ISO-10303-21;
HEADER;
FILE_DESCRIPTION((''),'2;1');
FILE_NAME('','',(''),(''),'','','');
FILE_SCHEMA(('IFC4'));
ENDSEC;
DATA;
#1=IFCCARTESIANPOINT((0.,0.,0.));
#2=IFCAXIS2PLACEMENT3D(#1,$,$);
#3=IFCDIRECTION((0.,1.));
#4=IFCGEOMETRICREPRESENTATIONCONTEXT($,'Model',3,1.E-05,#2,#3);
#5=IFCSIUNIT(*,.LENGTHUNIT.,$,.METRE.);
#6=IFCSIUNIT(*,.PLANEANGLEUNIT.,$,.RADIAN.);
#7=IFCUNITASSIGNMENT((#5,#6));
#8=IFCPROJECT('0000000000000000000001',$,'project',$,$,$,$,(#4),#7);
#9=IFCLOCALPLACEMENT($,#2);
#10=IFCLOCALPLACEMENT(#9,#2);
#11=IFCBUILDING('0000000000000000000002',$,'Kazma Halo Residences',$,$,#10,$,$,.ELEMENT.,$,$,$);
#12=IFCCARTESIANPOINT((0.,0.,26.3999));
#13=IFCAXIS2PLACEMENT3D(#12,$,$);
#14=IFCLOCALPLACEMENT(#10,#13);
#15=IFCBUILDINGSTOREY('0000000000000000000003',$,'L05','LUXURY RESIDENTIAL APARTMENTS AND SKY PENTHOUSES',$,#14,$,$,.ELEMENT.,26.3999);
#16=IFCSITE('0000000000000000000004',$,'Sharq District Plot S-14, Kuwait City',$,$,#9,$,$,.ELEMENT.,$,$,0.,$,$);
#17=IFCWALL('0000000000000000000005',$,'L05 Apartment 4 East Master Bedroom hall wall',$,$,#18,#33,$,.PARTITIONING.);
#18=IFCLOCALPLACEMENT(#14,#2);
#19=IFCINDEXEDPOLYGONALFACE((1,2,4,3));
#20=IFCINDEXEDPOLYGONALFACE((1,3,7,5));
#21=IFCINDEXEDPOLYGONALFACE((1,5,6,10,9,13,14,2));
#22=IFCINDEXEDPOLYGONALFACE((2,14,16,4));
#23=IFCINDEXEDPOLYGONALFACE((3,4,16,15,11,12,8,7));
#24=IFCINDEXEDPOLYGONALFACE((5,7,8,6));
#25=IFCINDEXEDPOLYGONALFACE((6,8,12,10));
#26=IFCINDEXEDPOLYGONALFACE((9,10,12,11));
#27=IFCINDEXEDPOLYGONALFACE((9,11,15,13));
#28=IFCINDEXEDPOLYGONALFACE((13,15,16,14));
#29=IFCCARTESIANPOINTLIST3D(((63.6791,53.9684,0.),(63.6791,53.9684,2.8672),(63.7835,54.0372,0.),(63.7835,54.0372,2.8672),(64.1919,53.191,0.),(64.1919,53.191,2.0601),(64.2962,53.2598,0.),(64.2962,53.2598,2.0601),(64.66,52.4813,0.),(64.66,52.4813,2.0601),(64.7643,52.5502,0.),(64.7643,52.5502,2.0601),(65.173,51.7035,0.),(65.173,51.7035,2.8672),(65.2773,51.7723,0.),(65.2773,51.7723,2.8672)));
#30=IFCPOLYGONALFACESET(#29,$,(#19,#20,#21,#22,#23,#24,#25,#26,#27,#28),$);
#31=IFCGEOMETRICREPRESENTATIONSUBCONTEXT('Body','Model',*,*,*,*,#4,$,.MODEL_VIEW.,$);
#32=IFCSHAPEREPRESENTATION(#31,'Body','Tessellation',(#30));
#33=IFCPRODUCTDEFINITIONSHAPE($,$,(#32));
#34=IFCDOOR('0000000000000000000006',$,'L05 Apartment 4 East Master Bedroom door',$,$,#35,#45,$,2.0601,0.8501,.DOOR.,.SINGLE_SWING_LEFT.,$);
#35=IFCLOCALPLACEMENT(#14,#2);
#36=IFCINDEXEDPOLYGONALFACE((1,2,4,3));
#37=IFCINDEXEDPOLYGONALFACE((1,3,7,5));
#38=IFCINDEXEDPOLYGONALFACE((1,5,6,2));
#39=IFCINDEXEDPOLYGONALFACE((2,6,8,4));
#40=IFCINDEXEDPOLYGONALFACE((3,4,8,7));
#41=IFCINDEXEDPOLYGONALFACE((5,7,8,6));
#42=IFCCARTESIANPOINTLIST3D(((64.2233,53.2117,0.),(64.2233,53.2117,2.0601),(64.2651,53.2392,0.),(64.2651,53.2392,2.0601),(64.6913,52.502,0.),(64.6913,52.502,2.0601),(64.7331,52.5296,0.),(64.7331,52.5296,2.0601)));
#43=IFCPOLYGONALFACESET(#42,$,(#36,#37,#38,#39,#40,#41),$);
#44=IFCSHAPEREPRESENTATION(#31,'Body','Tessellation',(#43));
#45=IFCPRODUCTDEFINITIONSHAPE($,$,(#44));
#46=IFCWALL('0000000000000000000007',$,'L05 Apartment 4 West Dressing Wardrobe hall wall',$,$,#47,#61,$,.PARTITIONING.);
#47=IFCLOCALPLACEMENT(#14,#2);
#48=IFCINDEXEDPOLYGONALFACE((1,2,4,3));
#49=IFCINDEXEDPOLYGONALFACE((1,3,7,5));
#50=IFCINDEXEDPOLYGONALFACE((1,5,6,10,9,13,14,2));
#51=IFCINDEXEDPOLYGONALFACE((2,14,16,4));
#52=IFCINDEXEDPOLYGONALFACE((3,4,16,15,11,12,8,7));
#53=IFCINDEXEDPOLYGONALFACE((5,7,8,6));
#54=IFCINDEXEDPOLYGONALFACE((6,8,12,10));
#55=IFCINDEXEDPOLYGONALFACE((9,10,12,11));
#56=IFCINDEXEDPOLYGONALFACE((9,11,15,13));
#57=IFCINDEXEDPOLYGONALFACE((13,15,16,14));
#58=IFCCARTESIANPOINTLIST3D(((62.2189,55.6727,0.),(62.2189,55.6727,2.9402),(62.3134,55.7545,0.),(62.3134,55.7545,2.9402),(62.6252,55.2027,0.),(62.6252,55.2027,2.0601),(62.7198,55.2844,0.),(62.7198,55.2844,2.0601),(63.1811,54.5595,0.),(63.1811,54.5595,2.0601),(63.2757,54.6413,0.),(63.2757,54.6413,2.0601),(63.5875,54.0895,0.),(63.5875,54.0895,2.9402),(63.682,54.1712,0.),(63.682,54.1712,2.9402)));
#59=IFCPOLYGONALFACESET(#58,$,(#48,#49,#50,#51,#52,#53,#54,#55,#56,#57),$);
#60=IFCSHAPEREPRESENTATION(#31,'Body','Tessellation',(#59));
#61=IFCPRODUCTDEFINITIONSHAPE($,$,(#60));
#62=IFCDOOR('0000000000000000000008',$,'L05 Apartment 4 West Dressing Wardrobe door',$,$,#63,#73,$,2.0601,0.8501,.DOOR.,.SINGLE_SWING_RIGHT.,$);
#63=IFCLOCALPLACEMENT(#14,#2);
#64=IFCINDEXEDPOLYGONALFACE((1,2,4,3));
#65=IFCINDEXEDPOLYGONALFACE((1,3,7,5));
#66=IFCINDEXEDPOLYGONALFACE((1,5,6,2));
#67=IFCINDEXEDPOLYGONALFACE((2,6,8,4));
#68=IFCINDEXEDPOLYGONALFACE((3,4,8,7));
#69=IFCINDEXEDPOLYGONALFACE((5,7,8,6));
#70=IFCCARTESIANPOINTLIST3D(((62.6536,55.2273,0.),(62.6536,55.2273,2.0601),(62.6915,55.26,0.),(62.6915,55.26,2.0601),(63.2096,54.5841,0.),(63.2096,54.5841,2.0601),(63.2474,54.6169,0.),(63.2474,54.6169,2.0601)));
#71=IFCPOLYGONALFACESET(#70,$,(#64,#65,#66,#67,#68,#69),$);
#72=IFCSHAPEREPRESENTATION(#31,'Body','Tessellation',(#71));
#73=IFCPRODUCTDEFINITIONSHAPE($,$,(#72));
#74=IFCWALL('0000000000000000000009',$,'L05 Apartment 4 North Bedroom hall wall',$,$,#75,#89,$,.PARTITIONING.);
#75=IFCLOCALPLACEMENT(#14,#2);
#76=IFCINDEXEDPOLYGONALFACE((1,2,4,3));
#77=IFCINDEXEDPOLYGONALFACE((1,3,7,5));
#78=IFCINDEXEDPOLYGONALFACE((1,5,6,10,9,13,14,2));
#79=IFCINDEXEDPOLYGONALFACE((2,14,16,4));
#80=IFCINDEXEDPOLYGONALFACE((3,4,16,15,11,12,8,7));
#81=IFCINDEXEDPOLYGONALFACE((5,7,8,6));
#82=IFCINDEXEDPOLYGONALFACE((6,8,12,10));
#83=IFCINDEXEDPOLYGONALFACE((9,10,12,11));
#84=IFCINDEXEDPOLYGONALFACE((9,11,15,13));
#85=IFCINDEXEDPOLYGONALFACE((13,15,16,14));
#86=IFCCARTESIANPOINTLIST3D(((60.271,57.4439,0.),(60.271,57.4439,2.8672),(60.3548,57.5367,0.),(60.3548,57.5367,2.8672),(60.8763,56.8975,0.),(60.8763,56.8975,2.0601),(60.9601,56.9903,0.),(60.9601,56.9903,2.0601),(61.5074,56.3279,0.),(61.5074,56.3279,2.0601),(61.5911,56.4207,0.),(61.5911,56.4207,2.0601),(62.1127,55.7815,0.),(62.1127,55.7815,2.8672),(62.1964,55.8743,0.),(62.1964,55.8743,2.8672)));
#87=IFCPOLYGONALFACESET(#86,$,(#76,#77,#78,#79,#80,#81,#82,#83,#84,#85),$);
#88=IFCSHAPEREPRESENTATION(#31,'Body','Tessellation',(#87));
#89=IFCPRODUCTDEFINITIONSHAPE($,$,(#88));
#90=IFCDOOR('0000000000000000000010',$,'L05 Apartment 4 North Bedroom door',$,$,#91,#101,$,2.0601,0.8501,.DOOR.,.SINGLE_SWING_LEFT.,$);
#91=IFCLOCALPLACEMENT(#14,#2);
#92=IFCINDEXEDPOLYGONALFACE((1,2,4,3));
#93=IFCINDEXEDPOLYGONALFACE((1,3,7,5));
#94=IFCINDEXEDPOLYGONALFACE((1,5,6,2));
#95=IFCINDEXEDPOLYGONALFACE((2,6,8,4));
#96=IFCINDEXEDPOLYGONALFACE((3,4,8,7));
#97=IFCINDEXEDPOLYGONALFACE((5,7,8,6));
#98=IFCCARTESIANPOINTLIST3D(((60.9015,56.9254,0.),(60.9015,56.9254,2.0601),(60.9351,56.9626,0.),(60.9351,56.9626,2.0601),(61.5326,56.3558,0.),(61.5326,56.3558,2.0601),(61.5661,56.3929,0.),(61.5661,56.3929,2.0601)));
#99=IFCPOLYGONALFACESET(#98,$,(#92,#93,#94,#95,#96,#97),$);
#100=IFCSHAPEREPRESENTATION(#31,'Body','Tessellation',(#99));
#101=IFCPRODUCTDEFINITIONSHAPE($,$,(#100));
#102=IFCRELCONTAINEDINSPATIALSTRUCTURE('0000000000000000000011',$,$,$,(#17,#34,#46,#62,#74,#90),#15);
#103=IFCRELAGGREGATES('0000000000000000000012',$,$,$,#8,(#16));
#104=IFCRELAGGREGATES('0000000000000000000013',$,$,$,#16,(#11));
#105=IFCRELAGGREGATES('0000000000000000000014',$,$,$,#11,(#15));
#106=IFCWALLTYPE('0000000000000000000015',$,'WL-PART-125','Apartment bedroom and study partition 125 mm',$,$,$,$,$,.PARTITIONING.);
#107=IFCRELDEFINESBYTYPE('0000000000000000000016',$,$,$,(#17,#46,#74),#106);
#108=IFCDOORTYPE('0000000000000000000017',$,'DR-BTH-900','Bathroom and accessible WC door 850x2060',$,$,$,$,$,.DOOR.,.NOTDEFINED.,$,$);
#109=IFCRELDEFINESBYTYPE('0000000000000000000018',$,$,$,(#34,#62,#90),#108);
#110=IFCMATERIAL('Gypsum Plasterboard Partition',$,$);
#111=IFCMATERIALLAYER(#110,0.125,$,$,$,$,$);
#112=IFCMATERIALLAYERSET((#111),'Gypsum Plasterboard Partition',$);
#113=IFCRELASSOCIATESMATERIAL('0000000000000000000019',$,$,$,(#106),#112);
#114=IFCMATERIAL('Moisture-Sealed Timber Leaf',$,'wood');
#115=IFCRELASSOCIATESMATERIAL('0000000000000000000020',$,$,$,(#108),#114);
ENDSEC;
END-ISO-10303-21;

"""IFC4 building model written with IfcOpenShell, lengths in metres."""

from ifc_helpers import new_model, si_unit, direction, frame, frame_2d, origin, place, context, subcontext, project, spatial, rectangle, extrude, material, layer, layer_set, type_object, element, fill, save


model = new_model("IFC4")

# Units and contexts
model_context = context("Model", 3, precision=1e-05, world=origin(), true_north=direction((0.0, 1.0)))
body_context = subcontext(model_context, "Body", "Model", "MODEL_VIEW")
ifc_project = project(units=[si_unit("LENGTHUNIT", "METRE"), si_unit("PLANEANGLEUNIT", "RADIAN")], contexts=[model_context])

# Site, building, storey
site_placement = place(None, origin())
site = spatial("IfcSite", under=ifc_project, at=site_placement, Name="Sharq District Plot S-14, Kuwait City", CompositionType="ELEMENT", RefElevation=0.0)
building_placement = place(site_placement, origin())
building = spatial("IfcBuilding", under=site, at=building_placement, Name="Kazma Halo Residences", CompositionType="ELEMENT")
storey_placement = place(building_placement, frame((0.0, 0.0, 26.3999)))
storey = spatial("IfcBuildingStorey", under=building, at=storey_placement, Name="L05", Description="LUXURY RESIDENTIAL APARTMENTS AND SKY PENTHOUSES", CompositionType="ELEMENT", Elevation=26.3999)

# Shared definitions
ifc_material_1 = material(Name="Gypsum Plasterboard Partition")
ifc_layer_1 = layer(ifc_material_1, 0.125)
ifc_layer_set_1 = layer_set([ifc_layer_1], Name="Gypsum Plasterboard Partition")
wall_type_1 = type_object("IfcWallType", Name="WL-PART-125", Description="Apartment bedroom and study partition 125 mm", PredefinedType="PARTITIONING", material=ifc_layer_set_1)

# Shared definitions
ifc_material_2 = material(Name="Moisture-Sealed Timber Leaf", Category="wood")
door_type_1 = type_object("IfcDoorType", Name="DR-BTH-900", Description="Bathroom and accessible WC door 850x2060", OperationType="NOTDEFINED", PredefinedType="DOOR", material=ifc_material_2)

# Walls, openings, doors
wall_1_placement = place(storey_placement, frame((65.2251, 51.738, 0.0), z_axis=(0.0, 0.0, 1.0), x_axis=(-0.550603, 0.834767, 0.0)))
wall_1 = element("IfcWall", 1, at=wall_1_placement, inside=storey, type_object=wall_type_1, Name="L05 Apartment 4 East Master Bedroom hall wall", PredefinedType="PARTITIONING", context=body_context, shape_type="SweptSolid", body=[
    extrude(rectangle(XDim=2.7131, YDim=0.125, at=frame_2d((1.3564, 0.0))), origin(), (0.0, 0.0, 1.0), 2.8672),
])
opening_1_placement = place(wall_1_placement, frame((0.9316, 0.0, 0.0)))
opening_1 = element("IfcOpeningElement", 2, at=opening_1_placement, cuts=wall_1, PredefinedType="OPENING", context=body_context, shape_type="SweptSolid", body=[
    extrude(rectangle(XDim=0.8501, YDim=2.0601, at=frame_2d((0.425, 1.03))), frame((0.0, 0.0725, 0.0), z_axis=(0.0, -1.0, 0.0), x_axis=(1.0, 0.0, 0.0)), (0.0, 0.0, 1.0), 0.145),
])
door_1_placement = place(opening_1_placement, origin())
door_1 = element("IfcDoor", 3, at=door_1_placement, inside=storey, type_object=door_type_1, Name="L05 Apartment 4 East Master Bedroom door", OperationType="SINGLE_SWING_LEFT", OverallHeight=2.0601, OverallWidth=0.8501, PredefinedType="DOOR", context=body_context, shape_type="SweptSolid", body=[
    extrude(rectangle(XDim=0.8501, YDim=2.0601, at=frame_2d((0.425, 1.03))), frame((0.0, 0.0249, 0.0), z_axis=(0.0, -1.0, 0.0), x_axis=(1.0, 0.0, 0.0)), (0.0, 0.0, 1.0), 0.05),
])
fill(opening_1, door_1)
wall_2_placement = place(storey_placement, frame((63.6348, 54.1304, 0.0), z_axis=(0.0, 0.0, 1.0), x_axis=(-0.653975, 0.756516, 0.0)))
wall_2 = element("IfcWall", 4, at=wall_2_placement, inside=storey, type_object=wall_type_1, Name="L05 Apartment 4 West Dressing Wardrobe hall wall", PredefinedType="PARTITIONING", context=body_context, shape_type="SweptSolid", body=[
    extrude(rectangle(XDim=2.0928, YDim=0.125, at=frame_2d((1.0464, 0.0))), origin(), (0.0, 0.0, 1.0), 2.9402),
])
opening_2_placement = place(wall_2_placement, frame((0.6213, 0.0, 0.0)))
opening_2 = element("IfcOpeningElement", 5, at=opening_2_placement, cuts=wall_2, PredefinedType="OPENING", context=body_context, shape_type="SweptSolid", body=[
    extrude(rectangle(XDim=0.8501, YDim=2.0601, at=frame_2d((0.425, 1.03))), frame((0.0, 0.0725, 0.0), z_axis=(0.0, -1.0, 0.0), x_axis=(1.0, 0.0, 0.0)), (0.0, 0.0, 1.0), 0.145),
])
door_2_placement = place(opening_2_placement, origin())
door_2 = element("IfcDoor", 6, at=door_2_placement, inside=storey, type_object=door_type_1, Name="L05 Apartment 4 West Dressing Wardrobe door", OperationType="SINGLE_SWING_RIGHT", OverallHeight=2.0601, OverallWidth=0.8501, PredefinedType="DOOR", context=body_context, shape_type="SweptSolid", body=[
    extrude(rectangle(XDim=0.8501, YDim=2.0601, at=frame_2d((0.425, 1.03))), frame((0.0, 0.0249, 0.0), z_axis=(0.0, -1.0, 0.0), x_axis=(1.0, 0.0, 0.0)), (0.0, 0.0, 1.0), 0.05),
])
fill(opening_2, door_2)
wall_3_placement = place(storey_placement, frame((62.1545, 55.8279, 0.0), z_axis=(0.0, 0.0, 1.0), x_axis=(-0.7423, 0.670068, 0.0)))
wall_3 = element("IfcWall", 7, at=wall_3_placement, inside=storey, type_object=wall_type_1, Name="L05 Apartment 4 North Bedroom hall wall", PredefinedType="PARTITIONING", context=body_context, shape_type="SweptSolid", body=[
    extrude(rectangle(XDim=2.481, YDim=0.125, at=frame_2d((1.2405, 0.0))), origin(), (0.0, 0.0, 1.0), 2.8672),
])
opening_3_placement = place(wall_3_placement, frame((0.8154, 0.0, 0.0)))
opening_3 = element("IfcOpeningElement", 8, at=opening_3_placement, cuts=wall_3, PredefinedType="OPENING", context=body_context, shape_type="SweptSolid", body=[
    extrude(rectangle(XDim=0.8501, YDim=2.0601, at=frame_2d((0.425, 1.03))), frame((0.0, 0.0725, 0.0), z_axis=(0.0, -1.0, 0.0), x_axis=(1.0, 0.0, 0.0)), (0.0, 0.0, 1.0), 0.145),
])
door_3_placement = place(opening_3_placement, origin())
door_3 = element("IfcDoor", 9, at=door_3_placement, inside=storey, type_object=door_type_1, Name="L05 Apartment 4 North Bedroom door", OperationType="SINGLE_SWING_LEFT", OverallHeight=2.0601, OverallWidth=0.8501, PredefinedType="DOOR", context=body_context, shape_type="SweptSolid", body=[
    extrude(rectangle(XDim=0.8501, YDim=2.0601, at=frame_2d((0.425, 1.03))), frame((0.0, 0.0249, 0.0), z_axis=(0.0, -1.0, 0.0), x_axis=(1.0, 0.0, 0.0)), (0.0, 0.0, 1.0), 0.05),
])
fill(opening_3, door_3)

save(model, "model.ifc")
